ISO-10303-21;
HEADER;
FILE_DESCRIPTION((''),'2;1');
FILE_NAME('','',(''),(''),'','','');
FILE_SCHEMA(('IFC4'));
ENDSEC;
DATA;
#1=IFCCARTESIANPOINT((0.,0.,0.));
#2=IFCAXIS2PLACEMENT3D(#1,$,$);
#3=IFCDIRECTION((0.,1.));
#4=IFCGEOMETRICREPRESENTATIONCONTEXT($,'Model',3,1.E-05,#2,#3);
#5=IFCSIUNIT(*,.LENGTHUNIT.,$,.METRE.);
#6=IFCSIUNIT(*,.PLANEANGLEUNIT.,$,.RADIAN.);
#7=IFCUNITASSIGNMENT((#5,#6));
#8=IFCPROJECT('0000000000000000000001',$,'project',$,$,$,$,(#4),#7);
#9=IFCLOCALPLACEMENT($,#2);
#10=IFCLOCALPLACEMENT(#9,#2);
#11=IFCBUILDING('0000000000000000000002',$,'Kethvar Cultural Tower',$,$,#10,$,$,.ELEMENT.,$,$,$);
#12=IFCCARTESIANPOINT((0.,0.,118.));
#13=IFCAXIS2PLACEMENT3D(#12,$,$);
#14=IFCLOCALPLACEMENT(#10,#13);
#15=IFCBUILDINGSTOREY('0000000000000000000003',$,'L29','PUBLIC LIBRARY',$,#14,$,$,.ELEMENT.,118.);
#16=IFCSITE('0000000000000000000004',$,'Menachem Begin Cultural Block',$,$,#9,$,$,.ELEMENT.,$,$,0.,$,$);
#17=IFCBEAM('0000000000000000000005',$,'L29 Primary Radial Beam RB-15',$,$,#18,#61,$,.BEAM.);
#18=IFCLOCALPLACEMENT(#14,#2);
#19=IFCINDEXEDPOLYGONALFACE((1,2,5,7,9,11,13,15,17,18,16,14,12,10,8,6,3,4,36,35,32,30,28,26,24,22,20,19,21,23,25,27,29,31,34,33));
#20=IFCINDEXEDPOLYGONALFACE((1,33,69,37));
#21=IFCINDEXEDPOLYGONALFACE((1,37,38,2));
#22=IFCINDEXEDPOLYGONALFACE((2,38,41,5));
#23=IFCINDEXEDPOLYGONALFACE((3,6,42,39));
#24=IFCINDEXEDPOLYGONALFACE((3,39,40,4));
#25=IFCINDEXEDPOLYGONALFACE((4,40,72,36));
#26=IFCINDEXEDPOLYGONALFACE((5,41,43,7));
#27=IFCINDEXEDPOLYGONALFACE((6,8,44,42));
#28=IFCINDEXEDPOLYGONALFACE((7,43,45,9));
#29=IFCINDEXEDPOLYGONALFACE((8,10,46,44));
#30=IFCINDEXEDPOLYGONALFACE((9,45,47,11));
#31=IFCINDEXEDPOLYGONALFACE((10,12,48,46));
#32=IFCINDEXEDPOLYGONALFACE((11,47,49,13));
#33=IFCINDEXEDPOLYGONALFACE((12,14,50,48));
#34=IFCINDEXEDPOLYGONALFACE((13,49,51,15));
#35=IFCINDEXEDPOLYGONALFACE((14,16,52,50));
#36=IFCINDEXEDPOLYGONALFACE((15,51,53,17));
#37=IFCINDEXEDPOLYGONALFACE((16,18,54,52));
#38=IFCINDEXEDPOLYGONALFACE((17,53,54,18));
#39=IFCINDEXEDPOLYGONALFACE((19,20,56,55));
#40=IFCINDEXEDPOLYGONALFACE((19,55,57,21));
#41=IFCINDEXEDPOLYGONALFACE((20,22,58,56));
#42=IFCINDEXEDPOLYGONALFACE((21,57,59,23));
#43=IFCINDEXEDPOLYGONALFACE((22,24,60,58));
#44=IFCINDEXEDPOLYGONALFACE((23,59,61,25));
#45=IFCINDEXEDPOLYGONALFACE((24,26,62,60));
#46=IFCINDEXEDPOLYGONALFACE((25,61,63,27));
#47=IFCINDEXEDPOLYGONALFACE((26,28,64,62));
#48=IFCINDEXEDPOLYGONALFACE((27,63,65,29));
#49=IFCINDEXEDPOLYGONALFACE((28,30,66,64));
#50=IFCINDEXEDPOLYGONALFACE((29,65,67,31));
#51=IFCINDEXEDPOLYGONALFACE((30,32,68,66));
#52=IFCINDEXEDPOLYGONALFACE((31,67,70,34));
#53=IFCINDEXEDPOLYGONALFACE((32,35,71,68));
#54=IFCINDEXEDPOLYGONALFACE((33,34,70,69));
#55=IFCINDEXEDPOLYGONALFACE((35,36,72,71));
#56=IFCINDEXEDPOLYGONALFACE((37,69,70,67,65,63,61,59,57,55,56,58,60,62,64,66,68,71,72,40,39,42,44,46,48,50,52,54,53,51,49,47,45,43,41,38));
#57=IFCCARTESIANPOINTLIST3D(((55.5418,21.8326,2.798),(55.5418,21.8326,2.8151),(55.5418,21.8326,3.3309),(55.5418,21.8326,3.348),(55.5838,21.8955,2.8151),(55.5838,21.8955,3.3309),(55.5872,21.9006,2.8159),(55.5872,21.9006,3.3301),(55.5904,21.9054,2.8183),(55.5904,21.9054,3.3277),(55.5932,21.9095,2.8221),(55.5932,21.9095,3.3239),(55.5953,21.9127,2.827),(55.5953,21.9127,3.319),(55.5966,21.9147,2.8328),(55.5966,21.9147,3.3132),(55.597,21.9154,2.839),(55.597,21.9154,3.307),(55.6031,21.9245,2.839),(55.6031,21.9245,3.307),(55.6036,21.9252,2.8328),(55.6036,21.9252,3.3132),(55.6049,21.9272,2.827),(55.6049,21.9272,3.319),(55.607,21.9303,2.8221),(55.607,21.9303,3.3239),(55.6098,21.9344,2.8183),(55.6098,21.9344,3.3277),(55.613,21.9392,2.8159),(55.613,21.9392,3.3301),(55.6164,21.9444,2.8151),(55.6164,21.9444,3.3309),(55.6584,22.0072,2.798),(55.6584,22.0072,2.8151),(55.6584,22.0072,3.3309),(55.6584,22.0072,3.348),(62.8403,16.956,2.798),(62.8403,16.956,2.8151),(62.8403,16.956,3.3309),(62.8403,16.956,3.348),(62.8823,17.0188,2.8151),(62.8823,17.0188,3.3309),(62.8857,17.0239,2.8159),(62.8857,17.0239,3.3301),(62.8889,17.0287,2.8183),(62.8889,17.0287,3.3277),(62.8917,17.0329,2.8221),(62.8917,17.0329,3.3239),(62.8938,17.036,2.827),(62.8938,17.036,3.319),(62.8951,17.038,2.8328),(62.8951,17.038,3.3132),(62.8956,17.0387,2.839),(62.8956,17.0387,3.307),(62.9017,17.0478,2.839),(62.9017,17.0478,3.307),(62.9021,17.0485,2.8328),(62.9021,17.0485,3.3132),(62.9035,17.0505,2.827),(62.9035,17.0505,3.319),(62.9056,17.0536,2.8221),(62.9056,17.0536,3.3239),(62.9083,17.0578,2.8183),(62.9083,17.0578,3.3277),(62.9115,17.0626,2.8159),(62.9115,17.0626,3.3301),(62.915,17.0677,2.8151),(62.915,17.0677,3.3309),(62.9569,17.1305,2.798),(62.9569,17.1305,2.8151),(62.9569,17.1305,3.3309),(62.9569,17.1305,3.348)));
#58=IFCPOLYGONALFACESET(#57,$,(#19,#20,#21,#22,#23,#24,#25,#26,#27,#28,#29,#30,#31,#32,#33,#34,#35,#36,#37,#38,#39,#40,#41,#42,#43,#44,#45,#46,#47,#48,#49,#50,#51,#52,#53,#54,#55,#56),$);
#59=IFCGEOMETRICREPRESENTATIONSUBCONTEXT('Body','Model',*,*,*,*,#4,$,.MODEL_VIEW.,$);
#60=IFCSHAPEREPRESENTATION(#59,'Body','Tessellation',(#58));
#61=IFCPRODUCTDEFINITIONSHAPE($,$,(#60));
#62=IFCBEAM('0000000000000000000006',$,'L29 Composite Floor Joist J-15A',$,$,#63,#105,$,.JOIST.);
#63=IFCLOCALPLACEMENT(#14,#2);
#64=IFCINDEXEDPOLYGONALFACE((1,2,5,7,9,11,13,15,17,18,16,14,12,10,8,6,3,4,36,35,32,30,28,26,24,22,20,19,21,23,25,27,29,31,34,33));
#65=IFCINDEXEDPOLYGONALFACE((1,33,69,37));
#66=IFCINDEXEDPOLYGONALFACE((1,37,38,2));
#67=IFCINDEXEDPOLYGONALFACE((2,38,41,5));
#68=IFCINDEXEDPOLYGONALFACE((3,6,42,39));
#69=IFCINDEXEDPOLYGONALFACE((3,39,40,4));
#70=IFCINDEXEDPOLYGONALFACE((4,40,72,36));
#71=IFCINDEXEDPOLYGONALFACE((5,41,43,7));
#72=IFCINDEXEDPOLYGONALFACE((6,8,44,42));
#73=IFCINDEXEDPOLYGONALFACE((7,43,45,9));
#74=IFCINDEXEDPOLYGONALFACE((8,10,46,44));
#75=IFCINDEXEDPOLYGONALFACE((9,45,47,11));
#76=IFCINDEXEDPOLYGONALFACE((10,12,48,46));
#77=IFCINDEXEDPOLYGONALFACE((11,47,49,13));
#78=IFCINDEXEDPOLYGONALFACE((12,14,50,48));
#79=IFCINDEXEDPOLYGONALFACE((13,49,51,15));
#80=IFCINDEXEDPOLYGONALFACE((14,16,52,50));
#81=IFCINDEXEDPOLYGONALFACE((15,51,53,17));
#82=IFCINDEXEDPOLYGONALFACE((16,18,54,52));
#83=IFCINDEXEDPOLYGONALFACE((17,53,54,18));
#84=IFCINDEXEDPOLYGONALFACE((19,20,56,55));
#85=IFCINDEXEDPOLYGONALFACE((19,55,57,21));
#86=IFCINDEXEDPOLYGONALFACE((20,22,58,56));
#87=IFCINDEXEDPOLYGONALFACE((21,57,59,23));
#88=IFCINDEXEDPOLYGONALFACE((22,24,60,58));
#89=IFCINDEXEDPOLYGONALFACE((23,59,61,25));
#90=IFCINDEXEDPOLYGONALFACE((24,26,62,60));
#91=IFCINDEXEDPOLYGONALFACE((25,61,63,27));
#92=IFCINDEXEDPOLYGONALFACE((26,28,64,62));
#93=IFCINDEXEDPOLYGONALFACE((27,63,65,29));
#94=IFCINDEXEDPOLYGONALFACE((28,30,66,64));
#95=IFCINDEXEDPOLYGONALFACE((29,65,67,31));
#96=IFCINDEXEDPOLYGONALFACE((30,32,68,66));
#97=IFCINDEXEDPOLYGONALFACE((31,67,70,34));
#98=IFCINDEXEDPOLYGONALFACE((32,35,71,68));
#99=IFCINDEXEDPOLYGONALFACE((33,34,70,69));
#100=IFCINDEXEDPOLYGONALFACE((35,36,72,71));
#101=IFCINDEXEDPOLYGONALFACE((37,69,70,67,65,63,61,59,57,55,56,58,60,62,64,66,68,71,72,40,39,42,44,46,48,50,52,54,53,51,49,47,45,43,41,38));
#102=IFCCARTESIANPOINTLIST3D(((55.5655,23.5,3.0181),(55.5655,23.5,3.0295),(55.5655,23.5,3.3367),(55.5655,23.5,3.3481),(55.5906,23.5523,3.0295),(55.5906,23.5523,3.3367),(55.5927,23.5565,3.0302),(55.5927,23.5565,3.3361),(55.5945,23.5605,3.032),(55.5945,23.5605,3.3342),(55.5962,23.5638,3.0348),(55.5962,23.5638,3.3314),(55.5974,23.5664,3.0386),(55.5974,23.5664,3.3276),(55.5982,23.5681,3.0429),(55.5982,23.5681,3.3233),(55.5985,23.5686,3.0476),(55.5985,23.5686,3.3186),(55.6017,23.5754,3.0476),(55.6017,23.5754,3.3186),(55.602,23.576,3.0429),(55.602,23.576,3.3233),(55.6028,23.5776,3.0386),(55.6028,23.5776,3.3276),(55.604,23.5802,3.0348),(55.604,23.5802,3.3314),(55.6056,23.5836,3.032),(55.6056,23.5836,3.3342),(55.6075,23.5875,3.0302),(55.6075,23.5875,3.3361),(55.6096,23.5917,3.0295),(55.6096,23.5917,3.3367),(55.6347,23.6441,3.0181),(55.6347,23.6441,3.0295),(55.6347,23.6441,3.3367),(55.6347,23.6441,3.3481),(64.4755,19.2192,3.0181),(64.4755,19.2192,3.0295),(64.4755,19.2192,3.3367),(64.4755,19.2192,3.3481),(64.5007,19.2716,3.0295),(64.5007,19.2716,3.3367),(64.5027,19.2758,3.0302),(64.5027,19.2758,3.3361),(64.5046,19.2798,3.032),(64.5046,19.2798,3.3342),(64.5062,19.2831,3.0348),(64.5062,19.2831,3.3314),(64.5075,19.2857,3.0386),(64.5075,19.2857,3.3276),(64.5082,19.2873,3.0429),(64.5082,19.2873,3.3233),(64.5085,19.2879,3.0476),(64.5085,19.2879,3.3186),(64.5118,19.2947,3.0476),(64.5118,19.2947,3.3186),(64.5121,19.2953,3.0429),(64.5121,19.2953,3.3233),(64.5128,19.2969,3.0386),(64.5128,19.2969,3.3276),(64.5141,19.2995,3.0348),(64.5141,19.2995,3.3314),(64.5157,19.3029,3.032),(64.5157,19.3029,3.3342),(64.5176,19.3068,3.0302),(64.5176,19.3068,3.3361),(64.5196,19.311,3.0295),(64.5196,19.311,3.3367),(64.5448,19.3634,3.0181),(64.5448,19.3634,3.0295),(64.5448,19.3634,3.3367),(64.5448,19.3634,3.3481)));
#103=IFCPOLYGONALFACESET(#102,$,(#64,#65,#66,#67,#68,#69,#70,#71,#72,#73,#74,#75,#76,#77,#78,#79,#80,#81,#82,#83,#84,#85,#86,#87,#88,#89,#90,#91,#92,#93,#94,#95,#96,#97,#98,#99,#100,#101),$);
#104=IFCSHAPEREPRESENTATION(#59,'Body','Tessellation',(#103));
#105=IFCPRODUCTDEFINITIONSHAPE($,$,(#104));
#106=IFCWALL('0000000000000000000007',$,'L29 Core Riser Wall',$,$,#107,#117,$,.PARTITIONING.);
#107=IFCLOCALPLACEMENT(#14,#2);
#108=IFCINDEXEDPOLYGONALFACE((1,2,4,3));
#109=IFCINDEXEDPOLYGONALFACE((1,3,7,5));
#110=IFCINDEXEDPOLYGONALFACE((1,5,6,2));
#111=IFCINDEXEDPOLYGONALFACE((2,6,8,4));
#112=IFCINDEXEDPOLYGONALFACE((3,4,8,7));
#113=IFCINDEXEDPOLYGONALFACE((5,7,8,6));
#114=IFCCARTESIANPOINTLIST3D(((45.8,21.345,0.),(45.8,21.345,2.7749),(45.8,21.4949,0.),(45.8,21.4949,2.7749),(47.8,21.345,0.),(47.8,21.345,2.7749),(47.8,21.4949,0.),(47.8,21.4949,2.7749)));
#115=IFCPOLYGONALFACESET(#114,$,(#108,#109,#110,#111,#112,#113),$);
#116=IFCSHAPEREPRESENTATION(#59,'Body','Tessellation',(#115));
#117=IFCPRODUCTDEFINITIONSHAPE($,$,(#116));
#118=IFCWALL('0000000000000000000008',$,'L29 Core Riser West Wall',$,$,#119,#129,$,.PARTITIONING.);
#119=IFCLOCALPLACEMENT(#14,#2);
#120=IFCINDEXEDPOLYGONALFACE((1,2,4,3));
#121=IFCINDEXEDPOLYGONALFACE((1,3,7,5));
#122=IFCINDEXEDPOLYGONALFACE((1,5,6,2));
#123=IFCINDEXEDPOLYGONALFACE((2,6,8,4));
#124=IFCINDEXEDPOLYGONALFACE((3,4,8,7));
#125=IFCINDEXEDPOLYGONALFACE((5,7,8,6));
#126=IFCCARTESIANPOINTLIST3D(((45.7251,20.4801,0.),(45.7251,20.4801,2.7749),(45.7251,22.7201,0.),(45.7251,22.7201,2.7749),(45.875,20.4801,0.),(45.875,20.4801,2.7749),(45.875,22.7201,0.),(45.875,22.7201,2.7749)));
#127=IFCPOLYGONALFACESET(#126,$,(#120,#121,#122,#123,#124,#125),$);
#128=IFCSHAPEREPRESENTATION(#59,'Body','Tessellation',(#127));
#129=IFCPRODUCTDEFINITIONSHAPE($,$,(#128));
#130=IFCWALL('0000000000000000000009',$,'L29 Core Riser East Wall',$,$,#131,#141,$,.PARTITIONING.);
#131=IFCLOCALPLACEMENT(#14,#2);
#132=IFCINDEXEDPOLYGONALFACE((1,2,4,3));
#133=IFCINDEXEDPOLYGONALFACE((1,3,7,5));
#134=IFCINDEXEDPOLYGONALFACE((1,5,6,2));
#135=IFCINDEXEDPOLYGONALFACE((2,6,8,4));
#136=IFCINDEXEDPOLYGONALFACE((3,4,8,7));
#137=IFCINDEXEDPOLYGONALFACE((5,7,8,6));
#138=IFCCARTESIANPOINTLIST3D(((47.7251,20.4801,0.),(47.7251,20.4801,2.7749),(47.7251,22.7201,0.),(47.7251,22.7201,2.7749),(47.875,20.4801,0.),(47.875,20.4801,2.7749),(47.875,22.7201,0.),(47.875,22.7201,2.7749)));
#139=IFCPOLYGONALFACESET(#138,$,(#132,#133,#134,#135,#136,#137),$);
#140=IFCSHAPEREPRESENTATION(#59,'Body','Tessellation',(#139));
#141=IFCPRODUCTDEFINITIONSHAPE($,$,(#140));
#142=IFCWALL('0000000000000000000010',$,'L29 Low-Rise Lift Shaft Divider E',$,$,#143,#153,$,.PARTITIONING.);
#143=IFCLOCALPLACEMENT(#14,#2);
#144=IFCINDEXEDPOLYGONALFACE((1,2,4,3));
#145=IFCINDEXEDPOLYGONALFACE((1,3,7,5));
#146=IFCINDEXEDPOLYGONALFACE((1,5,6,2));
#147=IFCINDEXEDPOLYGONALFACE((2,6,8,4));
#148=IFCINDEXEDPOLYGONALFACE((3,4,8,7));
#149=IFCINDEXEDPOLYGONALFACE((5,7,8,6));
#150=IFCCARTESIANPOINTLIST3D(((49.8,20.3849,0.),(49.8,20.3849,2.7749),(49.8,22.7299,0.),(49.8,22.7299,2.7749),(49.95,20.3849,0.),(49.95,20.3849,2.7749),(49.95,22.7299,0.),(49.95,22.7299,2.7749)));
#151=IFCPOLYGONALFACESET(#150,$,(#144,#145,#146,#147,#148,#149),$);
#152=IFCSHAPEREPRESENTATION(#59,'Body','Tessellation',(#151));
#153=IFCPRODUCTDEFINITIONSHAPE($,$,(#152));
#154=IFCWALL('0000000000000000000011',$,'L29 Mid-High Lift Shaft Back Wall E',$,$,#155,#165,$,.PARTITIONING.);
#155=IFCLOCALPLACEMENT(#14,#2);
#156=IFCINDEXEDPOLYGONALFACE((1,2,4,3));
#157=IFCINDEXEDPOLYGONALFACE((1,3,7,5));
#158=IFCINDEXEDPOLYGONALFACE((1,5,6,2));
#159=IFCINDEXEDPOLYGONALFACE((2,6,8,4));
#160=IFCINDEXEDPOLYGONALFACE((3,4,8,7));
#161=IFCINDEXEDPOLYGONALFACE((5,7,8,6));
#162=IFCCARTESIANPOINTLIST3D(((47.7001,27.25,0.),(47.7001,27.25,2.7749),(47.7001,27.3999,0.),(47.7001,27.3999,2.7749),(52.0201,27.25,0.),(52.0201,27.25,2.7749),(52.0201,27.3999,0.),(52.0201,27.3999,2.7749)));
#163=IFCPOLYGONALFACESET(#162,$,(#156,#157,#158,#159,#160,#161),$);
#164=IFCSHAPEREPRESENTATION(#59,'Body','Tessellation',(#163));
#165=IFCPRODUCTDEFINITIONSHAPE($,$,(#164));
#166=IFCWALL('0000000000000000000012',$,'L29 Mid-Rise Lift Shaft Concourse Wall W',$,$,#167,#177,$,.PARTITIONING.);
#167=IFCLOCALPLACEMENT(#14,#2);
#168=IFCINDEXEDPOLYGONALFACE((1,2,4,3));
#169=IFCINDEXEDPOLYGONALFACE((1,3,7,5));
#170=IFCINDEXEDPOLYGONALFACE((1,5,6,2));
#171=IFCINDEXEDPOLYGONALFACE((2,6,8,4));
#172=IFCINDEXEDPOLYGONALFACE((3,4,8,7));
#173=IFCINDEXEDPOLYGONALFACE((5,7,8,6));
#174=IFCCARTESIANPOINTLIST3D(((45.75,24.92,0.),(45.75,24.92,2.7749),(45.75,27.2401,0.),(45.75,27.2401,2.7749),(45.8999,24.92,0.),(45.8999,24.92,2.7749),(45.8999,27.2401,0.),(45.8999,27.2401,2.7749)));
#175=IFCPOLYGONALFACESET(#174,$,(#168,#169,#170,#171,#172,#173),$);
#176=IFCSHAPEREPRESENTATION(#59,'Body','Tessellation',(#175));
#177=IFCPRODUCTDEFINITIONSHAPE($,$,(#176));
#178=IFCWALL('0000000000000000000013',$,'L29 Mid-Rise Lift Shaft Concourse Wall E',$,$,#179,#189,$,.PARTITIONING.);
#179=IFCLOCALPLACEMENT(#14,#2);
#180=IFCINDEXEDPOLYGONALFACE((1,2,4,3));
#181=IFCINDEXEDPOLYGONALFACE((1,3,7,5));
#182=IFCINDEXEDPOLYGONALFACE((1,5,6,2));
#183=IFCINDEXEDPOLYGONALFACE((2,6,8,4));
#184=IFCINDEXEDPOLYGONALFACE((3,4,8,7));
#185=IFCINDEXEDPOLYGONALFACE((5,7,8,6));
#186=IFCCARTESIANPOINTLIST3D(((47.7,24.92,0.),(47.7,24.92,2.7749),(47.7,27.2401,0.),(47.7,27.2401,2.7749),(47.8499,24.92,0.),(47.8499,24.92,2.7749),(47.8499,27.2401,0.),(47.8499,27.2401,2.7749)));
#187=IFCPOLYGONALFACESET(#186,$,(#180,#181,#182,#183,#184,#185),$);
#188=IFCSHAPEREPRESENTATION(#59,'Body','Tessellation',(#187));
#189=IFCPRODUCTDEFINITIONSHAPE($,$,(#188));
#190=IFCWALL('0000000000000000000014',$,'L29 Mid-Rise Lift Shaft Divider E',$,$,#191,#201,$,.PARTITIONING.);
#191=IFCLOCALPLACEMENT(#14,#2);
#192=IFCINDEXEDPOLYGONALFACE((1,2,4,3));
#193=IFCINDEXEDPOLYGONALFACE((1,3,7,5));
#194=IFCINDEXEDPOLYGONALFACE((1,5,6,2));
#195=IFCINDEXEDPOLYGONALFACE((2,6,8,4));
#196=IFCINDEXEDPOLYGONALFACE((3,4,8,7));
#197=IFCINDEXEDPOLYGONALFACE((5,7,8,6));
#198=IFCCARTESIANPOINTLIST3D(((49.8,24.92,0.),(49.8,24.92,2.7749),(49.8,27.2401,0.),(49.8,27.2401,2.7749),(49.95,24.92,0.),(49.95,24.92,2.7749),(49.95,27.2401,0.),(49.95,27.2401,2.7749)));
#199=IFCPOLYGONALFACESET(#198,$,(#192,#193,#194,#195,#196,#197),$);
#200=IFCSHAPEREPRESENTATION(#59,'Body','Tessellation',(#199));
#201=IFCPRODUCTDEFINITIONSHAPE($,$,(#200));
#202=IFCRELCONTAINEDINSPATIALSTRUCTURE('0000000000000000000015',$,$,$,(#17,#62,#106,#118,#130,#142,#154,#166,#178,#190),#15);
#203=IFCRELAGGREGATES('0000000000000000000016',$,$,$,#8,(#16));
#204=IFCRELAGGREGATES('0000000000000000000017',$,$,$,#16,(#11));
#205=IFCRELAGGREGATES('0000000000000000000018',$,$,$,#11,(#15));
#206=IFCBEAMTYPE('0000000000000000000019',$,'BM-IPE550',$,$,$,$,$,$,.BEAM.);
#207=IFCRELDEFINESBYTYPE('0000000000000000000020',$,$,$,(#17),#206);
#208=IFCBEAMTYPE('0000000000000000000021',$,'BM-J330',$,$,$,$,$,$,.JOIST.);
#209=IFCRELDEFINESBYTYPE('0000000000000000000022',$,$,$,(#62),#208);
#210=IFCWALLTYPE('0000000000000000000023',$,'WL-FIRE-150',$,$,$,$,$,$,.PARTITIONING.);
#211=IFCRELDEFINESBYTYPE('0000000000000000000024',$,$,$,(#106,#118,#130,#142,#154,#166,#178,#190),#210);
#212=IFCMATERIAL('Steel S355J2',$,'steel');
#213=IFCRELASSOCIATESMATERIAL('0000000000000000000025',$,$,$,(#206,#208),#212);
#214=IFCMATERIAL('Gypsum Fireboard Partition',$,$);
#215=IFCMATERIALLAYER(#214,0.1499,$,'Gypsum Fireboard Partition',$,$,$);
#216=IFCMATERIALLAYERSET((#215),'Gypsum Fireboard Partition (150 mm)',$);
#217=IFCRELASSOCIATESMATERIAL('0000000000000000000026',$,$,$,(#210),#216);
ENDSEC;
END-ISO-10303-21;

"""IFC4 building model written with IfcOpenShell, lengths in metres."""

from ifc_helpers import new_model, si_unit, direction, frame, frame_2d, origin, origin_2d, place, context, subcontext, project, spatial, rectangle, i_section, extrude, source, transform, mapped, material, layer, layer_set, material_profile, profile_set, type_object, element, save


model = new_model("IFC4")

# Units and contexts
model_context = context("Model", 3, precision=1e-05, world=origin(), true_north=direction((0.0, 1.0)))
body_context = subcontext(model_context, "Body", "Model", "MODEL_VIEW")
ifc_project = project(units=[si_unit("LENGTHUNIT", "METRE"), si_unit("PLANEANGLEUNIT", "RADIAN")], contexts=[model_context])

# Site, building, storey
site_placement = place(None, origin())
site = spatial("IfcSite", under=ifc_project, at=site_placement, Name="Menachem Begin Cultural Block", CompositionType="ELEMENT", RefElevation=0.0)
building_placement = place(site_placement, origin())
building = spatial("IfcBuilding", under=site, at=building_placement, Name="Kethvar Cultural Tower", CompositionType="ELEMENT")
storey_placement = place(building_placement, frame((0.0, 0.0, 118.0)))
storey = spatial("IfcBuildingStorey", under=building, at=storey_placement, Name="L29", Description="PUBLIC LIBRARY", CompositionType="ELEMENT", Elevation=118.0)

# Beams
ifc_material_1 = material(Name="Steel S355J2", Category="steel")
ifc_material_profile_1 = material_profile(ifc_material_1, i_section(OverallWidth=0.21, OverallDepth=0.55, WebThickness=0.011, FlangeThickness=0.0171, FilletRadius=0.0239, at=origin_2d()), Name="Steel S355J2 — IPE550")
ifc_profile_set_1 = profile_set([ifc_material_profile_1], Name="Steel S355J2 — IPE550")
beam_type_1 = type_object("IfcBeamType", Name="BM-IPE550", PredefinedType="BEAM", material=ifc_profile_set_1)
shared_shape_1 = source(origin(), body_context, "Body", "SweptSolid", [
    extrude(i_section(OverallWidth=0.21, OverallDepth=0.55, WebThickness=0.011, FlangeThickness=0.0171, FilletRadius=0.0239, at=origin_2d()), origin(), (0.0, 0.0, 1.0), 8.7778),
])
beam_1_placement = place(storey_placement, frame((55.6001, 21.9199, 3.073), z_axis=(0.831472, -0.555566, 0.0), x_axis=(0.555566, 0.831472, 0.0)))
element("IfcBeam", 1, at=beam_1_placement, inside=storey, type_object=beam_type_1, Name="L29 Primary Radial Beam RB-15", PredefinedType="BEAM", context=body_context, shape_type="MappedRepresentation", body=[
    mapped(shared_shape_1, transform((0.0, 0.0, 0.0), scale=1.0)),
])
ifc_material_profile_2 = material_profile(ifc_material_1, i_section(OverallWidth=0.1599, OverallDepth=0.3301, WebThickness=0.0076, FlangeThickness=0.0115, FilletRadius=0.0181, at=origin_2d()), Name="Steel S355J2 — IPE330")
ifc_profile_set_2 = profile_set([ifc_material_profile_2], Name="Steel S355J2 — IPE330")
beam_type_2 = type_object("IfcBeamType", Name="BM-J330", PredefinedType="JOIST", material=ifc_profile_set_2)
shared_shape_2 = source(origin(), body_context, "Body", "SweptSolid", [
    extrude(i_section(OverallWidth=0.1599, OverallDepth=0.3301, WebThickness=0.0076, FlangeThickness=0.0115, FilletRadius=0.0181, at=origin_2d()), origin(), (0.0, 0.0, 1.0), 9.885),
])
beam_2_placement = place(storey_placement, frame((55.6001, 23.572, 3.1831), z_axis=(0.90137, -0.433051, 0.0), x_axis=(0.433051, 0.90137, 0.0)))
element("IfcBeam", 2, at=beam_2_placement, inside=storey, type_object=beam_type_2, Name="L29 Composite Floor Joist J-15A", PredefinedType="JOIST", context=body_context, shape_type="MappedRepresentation", body=[
    mapped(shared_shape_2, transform((0.0, 0.0, 0.0), scale=1.0)),
])

# Walls
ifc_material_2 = material(Name="Gypsum Fireboard Partition")
ifc_layer_1 = layer(ifc_material_2, 0.1499, Name="Gypsum Fireboard Partition")
ifc_layer_set_1 = layer_set([ifc_layer_1], Name="Gypsum Fireboard Partition (150 mm)")
wall_type_1 = type_object("IfcWallType", Name="WL-FIRE-150", PredefinedType="PARTITIONING", material=ifc_layer_set_1)
wall_1_placement = place(storey_placement, frame((45.8, 21.4199, 0.0), z_axis=(0.0, 0.0, 1.0), x_axis=(1.0, 0.0, 0.0)))
element("IfcWall", 3, at=wall_1_placement, inside=storey, type_object=wall_type_1, Name="L29 Core Riser Wall", PredefinedType="PARTITIONING", context=body_context, shape_type="SweptSolid", body=[
    extrude(rectangle(XDim=2.0, YDim=0.1499, at=frame_2d((1.0, 0.0))), origin(), (0.0, 0.0, 1.0), 2.7749),
])
for number, where, z_axis, x_axis, name in (
    (4, (45.8, 20.48, 0.0), (0.0, 0.0, 1.0), (0.0, 1.0, 0.0), "L29 Core Riser West Wall"),
    (5, (47.8, 20.48, 0.0), (0.0, 0.0, 1.0), (0.0, 1.0, 0.0), "L29 Core Riser East Wall"),
):
    element("IfcWall", number, at=place(storey_placement, frame(where, z_axis=z_axis, x_axis=x_axis)), inside=storey, type_object=wall_type_1, Name=name, PredefinedType="PARTITIONING", context=body_context, shape_type="SweptSolid", body=[
        extrude(rectangle(XDim=2.24, YDim=0.1499, at=frame_2d((1.1201, 0.0))), origin(), (0.0, 0.0, 1.0), 2.7749),
    ])
wall_2_placement = place(storey_placement, frame((49.875, 20.385, 0.0), z_axis=(0.0, 0.0, 1.0), x_axis=(0.0, 1.0, 0.0)))
element("IfcWall", 6, at=wall_2_placement, inside=storey, type_object=wall_type_1, Name="L29 Low-Rise Lift Shaft Divider E", PredefinedType="PARTITIONING", context=body_context, shape_type="SweptSolid", body=[
    extrude(rectangle(XDim=2.345, YDim=0.1499, at=frame_2d((1.1724, 0.0))), origin(), (0.0, 0.0, 1.0), 2.7749),
])
wall_3_placement = place(storey_placement, frame((47.7, 27.325, 0.0), z_axis=(0.0, 0.0, 1.0), x_axis=(1.0, 0.0, 0.0)))
element("IfcWall", 7, at=wall_3_placement, inside=storey, type_object=wall_type_1, Name="L29 Mid-High Lift Shaft Back Wall E", PredefinedType="PARTITIONING", context=body_context, shape_type="SweptSolid", body=[
    extrude(rectangle(XDim=4.3201, YDim=0.1499, at=frame_2d((2.1602, 0.0))), origin(), (0.0, 0.0, 1.0), 2.7749),
])
for number, where, z_axis, x_axis, name in (
    (8, (45.825, 24.9199, 0.0), (0.0, 0.0, 1.0), (0.0, 1.0, 0.0), "L29 Mid-Rise Lift Shaft Concourse Wall W"),
    (9, (47.7749, 24.9199, 0.0), (0.0, 0.0, 1.0), (0.0, 1.0, 0.0), "L29 Mid-Rise Lift Shaft Concourse Wall E"),
    (10, (49.875, 24.9199, 0.0), (0.0, 0.0, 1.0), (0.0, 1.0, 0.0), "L29 Mid-Rise Lift Shaft Divider E"),
):
    element("IfcWall", number, at=place(storey_placement, frame(where, z_axis=z_axis, x_axis=x_axis)), inside=storey, type_object=wall_type_1, Name=name, PredefinedType="PARTITIONING", context=body_context, shape_type="SweptSolid", body=[
        extrude(rectangle(XDim=2.3201, YDim=0.1499, at=frame_2d((1.1602, 0.0))), origin(), (0.0, 0.0, 1.0), 2.7749),
    ])

save(model, "model.ifc")
